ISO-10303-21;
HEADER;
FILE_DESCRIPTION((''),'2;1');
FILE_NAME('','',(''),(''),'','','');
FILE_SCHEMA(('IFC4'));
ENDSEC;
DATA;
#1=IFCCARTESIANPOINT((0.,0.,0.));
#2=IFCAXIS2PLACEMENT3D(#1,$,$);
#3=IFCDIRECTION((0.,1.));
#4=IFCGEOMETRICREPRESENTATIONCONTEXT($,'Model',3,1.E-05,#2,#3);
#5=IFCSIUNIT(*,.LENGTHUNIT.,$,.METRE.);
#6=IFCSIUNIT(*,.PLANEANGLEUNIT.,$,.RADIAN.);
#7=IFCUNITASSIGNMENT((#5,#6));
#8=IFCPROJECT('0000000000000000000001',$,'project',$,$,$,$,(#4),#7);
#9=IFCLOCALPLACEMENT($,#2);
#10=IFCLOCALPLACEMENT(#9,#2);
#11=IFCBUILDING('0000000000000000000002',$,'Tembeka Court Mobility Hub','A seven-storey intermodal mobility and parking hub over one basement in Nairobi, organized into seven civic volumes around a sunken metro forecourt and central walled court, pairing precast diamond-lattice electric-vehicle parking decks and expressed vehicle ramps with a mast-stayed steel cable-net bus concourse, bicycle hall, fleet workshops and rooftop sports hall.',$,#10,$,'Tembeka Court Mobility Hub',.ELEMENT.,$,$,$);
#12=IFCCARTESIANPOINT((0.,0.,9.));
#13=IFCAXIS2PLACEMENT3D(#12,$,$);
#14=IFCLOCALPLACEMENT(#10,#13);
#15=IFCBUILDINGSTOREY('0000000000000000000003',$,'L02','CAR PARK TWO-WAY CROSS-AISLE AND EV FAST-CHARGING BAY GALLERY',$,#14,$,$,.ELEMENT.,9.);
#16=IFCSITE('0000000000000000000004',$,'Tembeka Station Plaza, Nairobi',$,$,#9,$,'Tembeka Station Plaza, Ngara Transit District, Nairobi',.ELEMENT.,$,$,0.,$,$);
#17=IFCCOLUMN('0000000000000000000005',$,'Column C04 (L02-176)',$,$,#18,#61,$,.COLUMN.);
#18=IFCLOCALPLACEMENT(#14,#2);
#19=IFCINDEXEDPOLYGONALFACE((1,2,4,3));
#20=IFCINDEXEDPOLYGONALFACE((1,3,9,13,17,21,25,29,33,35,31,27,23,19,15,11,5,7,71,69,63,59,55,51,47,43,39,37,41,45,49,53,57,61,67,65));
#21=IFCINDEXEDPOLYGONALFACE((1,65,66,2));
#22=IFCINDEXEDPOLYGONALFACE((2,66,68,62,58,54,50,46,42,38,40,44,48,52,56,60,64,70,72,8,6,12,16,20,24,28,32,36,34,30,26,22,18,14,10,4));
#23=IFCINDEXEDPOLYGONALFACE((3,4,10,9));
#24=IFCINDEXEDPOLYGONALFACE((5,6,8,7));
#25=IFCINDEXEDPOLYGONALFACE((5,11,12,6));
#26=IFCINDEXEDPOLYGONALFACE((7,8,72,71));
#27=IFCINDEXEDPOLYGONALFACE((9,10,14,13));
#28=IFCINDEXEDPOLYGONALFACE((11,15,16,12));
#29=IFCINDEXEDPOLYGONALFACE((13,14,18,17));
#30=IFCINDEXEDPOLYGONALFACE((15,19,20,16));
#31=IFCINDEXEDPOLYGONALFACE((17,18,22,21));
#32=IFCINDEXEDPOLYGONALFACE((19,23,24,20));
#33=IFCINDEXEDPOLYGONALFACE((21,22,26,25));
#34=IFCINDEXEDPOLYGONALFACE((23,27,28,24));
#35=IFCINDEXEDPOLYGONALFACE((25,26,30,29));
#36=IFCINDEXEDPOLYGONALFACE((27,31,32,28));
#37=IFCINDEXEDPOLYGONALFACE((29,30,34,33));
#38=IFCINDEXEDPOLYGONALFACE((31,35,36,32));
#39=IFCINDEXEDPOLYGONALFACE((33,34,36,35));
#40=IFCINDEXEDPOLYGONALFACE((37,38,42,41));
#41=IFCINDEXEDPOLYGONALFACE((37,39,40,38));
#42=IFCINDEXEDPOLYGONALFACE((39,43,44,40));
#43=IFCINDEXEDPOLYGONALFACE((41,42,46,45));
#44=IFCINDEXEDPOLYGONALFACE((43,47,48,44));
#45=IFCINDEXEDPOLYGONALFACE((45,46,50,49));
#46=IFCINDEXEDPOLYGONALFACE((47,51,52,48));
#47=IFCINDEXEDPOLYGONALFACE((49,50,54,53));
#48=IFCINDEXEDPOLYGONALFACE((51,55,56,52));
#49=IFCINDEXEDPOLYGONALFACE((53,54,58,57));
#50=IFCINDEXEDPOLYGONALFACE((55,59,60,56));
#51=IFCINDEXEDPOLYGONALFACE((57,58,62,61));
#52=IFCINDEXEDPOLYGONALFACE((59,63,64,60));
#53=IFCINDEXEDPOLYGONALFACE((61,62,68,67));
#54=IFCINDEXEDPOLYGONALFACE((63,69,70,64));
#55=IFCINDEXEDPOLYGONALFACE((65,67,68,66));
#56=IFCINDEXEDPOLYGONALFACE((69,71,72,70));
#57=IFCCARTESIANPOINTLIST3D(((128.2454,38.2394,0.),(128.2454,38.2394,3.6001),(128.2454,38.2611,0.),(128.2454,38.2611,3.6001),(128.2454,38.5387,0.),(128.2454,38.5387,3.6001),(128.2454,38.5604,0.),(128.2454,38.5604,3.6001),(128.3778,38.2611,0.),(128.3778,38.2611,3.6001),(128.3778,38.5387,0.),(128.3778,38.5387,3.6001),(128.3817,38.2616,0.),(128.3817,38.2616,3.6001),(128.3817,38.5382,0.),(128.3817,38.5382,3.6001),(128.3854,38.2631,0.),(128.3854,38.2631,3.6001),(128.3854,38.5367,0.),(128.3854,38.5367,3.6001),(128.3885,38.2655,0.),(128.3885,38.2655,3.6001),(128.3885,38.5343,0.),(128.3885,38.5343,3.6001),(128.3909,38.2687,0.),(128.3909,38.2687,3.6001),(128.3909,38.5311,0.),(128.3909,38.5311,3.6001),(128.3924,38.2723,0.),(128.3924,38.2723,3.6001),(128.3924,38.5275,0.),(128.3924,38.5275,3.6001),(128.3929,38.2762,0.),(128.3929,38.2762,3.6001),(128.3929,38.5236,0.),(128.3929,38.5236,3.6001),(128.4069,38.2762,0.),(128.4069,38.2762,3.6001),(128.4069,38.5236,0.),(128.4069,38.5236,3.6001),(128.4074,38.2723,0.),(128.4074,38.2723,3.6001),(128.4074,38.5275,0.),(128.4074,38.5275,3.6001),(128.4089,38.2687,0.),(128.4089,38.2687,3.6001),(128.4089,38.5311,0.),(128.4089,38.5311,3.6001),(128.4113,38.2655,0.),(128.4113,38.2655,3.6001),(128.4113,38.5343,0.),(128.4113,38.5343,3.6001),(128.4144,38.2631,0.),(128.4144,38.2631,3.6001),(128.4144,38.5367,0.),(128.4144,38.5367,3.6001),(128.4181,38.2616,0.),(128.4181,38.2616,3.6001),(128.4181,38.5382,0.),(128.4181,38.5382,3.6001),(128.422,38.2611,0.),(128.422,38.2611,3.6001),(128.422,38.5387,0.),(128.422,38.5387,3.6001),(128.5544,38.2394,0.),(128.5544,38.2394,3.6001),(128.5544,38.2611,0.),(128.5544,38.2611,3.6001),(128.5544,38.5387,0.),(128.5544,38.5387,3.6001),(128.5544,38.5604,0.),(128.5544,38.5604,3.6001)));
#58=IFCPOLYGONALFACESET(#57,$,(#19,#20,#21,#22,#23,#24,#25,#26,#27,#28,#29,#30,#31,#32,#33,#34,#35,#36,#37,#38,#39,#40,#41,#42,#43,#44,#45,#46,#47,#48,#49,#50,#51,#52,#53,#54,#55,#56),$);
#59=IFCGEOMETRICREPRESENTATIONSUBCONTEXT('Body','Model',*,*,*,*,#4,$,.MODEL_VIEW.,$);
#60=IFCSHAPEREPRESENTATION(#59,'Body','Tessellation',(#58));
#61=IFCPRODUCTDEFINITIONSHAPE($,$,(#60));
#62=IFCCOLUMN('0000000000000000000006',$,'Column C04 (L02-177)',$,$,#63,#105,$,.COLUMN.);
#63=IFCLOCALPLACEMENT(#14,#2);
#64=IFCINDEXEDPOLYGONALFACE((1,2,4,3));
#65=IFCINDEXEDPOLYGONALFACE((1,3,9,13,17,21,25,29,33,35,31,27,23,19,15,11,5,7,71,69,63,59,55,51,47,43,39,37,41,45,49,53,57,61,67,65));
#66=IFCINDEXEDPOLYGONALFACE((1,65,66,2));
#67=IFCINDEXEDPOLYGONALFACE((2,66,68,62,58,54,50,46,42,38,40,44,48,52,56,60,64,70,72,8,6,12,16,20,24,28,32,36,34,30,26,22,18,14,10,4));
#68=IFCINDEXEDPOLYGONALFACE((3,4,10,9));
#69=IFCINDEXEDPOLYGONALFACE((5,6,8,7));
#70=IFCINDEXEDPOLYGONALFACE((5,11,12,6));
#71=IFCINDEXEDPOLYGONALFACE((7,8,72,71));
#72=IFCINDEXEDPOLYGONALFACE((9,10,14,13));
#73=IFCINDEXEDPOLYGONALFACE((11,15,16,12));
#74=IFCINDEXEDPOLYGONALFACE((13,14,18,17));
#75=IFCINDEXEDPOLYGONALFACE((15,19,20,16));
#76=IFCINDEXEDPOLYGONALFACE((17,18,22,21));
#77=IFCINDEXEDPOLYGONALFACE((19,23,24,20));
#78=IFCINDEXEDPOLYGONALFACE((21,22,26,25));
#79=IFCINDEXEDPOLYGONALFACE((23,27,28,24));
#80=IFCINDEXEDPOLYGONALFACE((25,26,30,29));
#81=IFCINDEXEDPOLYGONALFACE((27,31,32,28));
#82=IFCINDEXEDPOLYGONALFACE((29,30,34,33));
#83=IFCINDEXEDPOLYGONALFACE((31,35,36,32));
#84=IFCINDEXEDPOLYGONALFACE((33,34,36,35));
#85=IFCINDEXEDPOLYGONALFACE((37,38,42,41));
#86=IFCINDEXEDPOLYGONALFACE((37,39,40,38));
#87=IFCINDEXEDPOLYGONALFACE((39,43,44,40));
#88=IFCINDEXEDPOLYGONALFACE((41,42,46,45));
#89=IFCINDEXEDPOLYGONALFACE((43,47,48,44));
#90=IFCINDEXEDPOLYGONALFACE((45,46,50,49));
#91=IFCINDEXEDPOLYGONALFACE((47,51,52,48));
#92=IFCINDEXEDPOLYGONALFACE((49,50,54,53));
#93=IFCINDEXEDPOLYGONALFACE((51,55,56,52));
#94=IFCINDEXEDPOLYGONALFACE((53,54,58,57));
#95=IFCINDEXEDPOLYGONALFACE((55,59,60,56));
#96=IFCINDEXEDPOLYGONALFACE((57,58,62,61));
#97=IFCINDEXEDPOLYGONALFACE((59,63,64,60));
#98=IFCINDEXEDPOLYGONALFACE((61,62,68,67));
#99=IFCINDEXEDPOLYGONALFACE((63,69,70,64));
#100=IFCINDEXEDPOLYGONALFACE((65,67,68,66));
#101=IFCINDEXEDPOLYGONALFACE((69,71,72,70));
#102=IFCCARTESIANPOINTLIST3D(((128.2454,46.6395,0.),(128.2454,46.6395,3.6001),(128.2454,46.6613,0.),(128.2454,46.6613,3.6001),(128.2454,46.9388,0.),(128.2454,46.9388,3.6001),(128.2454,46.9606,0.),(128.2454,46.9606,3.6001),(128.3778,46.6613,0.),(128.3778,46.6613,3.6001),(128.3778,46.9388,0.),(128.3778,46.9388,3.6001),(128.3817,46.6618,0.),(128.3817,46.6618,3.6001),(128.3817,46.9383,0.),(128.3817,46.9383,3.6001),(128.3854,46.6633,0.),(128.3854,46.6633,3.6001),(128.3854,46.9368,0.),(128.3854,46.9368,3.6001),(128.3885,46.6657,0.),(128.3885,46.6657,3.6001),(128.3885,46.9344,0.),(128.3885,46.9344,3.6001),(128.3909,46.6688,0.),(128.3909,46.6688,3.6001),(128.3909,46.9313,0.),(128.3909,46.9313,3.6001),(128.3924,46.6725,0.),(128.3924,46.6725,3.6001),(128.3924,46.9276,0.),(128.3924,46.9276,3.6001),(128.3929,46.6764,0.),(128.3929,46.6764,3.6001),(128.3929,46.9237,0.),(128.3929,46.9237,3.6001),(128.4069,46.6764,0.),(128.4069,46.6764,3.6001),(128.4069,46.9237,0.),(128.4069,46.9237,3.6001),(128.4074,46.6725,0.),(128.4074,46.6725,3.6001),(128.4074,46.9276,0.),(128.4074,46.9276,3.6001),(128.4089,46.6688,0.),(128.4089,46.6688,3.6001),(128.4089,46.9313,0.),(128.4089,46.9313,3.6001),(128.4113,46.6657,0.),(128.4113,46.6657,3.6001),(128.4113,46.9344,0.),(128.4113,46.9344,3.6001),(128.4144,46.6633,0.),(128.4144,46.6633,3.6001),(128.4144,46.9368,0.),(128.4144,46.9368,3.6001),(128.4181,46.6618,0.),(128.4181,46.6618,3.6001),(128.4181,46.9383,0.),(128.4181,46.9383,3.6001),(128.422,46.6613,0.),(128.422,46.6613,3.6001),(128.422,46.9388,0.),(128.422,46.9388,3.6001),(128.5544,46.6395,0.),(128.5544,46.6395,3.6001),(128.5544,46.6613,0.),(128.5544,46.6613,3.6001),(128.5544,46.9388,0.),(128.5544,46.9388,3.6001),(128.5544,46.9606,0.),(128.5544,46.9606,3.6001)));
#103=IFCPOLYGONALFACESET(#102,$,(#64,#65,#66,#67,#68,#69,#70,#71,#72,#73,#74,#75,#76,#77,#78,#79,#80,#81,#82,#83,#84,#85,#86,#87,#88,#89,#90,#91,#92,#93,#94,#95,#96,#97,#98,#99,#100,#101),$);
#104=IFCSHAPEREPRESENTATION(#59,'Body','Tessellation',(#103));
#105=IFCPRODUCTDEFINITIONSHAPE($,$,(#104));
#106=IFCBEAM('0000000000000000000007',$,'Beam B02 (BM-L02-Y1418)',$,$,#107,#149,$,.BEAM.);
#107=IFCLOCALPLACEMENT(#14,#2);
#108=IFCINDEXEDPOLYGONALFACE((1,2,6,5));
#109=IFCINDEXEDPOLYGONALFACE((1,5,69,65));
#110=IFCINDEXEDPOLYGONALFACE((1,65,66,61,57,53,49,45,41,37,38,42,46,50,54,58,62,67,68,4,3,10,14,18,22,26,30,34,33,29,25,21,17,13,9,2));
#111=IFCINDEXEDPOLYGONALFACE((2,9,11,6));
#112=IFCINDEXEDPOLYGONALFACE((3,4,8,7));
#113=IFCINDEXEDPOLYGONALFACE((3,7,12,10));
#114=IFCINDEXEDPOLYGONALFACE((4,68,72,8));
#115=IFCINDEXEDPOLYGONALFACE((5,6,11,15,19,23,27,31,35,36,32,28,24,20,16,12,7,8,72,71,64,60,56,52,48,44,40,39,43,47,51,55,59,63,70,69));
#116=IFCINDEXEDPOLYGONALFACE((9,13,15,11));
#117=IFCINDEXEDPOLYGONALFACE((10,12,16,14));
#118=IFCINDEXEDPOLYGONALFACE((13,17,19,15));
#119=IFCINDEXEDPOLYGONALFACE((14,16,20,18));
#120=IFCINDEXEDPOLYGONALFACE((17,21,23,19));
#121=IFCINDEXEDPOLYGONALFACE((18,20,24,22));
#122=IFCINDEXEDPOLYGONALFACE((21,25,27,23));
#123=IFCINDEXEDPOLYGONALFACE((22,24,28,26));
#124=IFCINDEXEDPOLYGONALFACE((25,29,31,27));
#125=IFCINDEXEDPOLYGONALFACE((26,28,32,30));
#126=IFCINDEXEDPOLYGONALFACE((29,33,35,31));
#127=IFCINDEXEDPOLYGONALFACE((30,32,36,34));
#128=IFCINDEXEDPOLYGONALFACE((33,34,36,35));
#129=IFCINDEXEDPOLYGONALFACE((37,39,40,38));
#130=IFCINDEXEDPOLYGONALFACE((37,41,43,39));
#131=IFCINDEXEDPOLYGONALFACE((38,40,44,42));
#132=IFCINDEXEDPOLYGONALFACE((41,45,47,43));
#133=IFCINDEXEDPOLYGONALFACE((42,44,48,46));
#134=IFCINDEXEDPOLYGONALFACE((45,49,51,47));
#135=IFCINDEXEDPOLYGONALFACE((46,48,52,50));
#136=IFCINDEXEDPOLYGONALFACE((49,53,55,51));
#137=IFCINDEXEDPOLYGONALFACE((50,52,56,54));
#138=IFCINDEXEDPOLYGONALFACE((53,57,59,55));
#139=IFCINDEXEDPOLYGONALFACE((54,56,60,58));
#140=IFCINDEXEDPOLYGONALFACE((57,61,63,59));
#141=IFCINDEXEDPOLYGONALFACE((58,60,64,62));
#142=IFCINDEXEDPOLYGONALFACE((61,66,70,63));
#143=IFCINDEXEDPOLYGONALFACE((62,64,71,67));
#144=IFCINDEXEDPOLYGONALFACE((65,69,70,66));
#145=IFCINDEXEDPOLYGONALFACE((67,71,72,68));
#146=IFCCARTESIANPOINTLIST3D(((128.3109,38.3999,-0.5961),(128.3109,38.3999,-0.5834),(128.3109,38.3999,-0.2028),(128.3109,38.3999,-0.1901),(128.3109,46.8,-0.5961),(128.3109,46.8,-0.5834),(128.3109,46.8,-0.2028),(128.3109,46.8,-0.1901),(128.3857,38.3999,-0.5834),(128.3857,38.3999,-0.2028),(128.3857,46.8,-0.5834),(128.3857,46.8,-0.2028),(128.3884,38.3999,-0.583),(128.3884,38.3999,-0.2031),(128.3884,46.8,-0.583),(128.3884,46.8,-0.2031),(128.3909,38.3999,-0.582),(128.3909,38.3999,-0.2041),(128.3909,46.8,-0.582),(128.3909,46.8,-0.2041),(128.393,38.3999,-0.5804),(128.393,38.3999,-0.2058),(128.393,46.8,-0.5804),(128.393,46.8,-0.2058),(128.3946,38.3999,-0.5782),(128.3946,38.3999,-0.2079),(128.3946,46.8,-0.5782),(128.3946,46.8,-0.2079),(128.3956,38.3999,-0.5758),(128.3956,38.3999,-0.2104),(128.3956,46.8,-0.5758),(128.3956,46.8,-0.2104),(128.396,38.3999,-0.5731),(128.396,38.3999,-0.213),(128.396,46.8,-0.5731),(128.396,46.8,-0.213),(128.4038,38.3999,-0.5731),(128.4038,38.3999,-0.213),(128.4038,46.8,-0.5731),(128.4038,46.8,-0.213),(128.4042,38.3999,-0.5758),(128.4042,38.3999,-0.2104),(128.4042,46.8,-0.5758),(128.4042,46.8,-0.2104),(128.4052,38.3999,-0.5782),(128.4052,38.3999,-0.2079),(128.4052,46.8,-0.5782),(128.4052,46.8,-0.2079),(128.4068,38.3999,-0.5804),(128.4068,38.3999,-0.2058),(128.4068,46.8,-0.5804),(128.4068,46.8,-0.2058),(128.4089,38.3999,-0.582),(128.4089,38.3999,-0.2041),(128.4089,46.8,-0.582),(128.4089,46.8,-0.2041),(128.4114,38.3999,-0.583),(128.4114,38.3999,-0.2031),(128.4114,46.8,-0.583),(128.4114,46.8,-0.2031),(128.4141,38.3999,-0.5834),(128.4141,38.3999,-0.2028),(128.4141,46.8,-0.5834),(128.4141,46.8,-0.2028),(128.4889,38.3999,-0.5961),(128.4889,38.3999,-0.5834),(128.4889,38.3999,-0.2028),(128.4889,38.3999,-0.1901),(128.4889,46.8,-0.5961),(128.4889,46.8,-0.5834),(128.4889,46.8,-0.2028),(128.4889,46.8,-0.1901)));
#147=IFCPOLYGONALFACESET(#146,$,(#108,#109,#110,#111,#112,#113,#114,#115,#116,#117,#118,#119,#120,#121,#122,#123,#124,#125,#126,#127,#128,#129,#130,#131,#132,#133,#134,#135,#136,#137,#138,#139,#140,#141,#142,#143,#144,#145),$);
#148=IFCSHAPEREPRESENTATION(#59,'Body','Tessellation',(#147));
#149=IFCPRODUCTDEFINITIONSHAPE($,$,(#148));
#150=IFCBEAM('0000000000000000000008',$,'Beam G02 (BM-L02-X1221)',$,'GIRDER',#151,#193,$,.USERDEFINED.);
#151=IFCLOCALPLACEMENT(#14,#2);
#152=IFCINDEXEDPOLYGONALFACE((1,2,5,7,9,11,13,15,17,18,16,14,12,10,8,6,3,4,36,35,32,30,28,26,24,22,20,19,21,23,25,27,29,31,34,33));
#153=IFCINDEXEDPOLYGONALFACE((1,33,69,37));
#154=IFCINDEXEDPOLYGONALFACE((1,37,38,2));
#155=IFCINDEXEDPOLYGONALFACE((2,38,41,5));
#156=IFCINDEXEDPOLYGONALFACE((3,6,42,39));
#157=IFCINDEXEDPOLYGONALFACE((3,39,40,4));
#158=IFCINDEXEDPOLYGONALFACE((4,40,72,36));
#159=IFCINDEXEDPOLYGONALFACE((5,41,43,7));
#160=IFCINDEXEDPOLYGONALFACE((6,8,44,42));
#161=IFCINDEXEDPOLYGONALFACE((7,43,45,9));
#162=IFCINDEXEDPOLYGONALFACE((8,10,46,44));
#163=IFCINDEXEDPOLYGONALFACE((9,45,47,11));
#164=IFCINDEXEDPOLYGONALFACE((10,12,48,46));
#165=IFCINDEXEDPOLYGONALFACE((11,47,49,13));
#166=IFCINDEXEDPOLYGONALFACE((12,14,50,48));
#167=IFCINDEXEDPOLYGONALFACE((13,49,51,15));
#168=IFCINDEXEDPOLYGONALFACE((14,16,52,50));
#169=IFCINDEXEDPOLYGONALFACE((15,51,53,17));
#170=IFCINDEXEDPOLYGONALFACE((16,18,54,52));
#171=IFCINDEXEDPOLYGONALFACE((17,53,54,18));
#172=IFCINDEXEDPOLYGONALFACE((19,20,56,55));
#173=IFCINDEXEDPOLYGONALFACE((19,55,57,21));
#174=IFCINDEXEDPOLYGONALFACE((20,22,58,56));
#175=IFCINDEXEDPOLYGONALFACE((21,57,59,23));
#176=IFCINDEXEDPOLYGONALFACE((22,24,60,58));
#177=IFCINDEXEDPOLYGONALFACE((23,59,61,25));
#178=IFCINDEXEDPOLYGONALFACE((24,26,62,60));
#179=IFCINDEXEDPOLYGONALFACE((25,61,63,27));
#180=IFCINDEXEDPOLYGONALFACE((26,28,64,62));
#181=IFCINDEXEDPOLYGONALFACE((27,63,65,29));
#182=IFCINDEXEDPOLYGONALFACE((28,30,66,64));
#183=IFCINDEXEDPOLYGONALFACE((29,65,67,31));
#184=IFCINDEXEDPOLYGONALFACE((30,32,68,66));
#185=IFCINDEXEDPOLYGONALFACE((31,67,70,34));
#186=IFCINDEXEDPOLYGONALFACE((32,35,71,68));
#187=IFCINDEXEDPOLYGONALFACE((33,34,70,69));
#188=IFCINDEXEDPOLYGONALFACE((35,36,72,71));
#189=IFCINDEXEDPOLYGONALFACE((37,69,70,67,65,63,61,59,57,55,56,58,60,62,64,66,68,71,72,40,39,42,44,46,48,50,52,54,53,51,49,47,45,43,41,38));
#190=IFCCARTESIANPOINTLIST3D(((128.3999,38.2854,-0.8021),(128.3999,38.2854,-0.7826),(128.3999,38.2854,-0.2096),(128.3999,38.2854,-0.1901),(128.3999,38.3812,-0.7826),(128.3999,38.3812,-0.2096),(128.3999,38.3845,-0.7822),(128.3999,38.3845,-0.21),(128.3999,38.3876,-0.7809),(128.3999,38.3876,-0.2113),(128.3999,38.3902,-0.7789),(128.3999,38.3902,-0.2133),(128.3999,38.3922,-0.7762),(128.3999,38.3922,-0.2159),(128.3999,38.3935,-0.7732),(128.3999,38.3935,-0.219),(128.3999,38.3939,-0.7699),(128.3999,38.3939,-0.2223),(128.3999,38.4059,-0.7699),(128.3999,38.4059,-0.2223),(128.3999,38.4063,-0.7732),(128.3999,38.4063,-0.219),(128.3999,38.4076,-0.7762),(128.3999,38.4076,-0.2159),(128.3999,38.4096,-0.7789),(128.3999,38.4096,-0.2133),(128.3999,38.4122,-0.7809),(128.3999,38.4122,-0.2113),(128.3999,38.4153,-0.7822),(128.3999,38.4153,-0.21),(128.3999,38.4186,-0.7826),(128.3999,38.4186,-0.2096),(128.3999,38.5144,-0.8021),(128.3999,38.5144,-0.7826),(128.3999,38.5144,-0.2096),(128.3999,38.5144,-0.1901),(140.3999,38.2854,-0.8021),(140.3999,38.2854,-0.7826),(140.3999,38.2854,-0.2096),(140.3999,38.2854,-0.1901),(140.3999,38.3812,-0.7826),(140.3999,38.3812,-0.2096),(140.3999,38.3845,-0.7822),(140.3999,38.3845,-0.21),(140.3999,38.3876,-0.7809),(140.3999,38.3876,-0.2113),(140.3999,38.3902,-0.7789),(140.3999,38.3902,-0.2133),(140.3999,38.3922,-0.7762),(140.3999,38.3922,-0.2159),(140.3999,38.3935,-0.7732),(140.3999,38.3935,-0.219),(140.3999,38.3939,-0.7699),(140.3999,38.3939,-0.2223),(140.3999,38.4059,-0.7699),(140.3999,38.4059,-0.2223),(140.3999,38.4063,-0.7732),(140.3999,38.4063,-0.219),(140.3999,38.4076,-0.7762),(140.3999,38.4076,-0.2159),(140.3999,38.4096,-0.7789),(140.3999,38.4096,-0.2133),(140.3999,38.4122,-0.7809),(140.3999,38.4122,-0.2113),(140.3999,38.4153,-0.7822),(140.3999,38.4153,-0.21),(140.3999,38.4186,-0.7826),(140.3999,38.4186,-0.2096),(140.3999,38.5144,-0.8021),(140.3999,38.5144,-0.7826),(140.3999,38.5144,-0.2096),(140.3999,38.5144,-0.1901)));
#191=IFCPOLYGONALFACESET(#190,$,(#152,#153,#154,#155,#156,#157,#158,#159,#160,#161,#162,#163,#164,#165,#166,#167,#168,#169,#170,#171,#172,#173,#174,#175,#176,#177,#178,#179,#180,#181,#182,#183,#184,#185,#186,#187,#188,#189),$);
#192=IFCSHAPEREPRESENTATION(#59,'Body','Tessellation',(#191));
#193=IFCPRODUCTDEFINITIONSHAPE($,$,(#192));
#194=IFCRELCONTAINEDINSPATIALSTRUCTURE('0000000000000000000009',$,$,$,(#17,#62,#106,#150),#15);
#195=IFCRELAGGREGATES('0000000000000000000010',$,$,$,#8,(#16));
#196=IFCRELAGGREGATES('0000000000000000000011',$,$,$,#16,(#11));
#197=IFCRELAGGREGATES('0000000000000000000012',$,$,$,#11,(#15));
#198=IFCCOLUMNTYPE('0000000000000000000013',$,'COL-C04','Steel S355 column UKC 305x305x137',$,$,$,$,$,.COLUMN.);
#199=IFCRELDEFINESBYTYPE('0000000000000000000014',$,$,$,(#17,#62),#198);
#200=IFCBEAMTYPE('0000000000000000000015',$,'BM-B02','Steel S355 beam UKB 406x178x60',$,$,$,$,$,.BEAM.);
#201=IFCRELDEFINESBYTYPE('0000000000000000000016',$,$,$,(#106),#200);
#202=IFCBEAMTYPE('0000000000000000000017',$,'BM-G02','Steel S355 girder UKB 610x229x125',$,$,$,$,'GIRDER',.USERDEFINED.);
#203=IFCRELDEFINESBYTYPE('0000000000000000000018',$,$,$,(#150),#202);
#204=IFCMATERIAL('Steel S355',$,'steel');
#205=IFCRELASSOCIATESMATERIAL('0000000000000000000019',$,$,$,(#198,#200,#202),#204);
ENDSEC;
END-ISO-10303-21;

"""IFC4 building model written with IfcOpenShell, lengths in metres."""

from ifc_helpers import new_model, si_unit, direction, frame, origin, origin_2d, place, context, subcontext, project, spatial, i_section, extrude, material, material_profile, profile_set, type_object, element, save


model = new_model("IFC4")

# Units and contexts
model_context = context("Model", 3, precision=1e-05, world=origin(), true_north=direction((0.0, 1.0)))
body_context = subcontext(model_context, "Body", "Model", "MODEL_VIEW")
ifc_project = project(units=[si_unit("LENGTHUNIT", "METRE"), si_unit("PLANEANGLEUNIT", "RADIAN")], contexts=[model_context])

# Site, building, storey
site_placement = place(None, origin())
site = spatial("IfcSite", under=ifc_project, at=site_placement, Name="Tembeka Station Plaza, Nairobi", LongName="Tembeka Station Plaza, Ngara Transit District, Nairobi", CompositionType="ELEMENT", RefElevation=0.0)
building_placement = place(site_placement, origin())
building = spatial("IfcBuilding", under=site, at=building_placement, Name="Tembeka Court Mobility Hub", Description="A seven-storey intermodal mobility and parking hub over one basement in Nairobi, organized into seven civic volumes around a sunken metro forecourt and central walled court, pairing precast diamond-lattice electric-vehicle parking decks and expressed vehicle ramps with a mast-stayed steel cable-net bus concourse, bicycle hall, fleet workshops and rooftop sports hall.", LongName="Tembeka Court Mobility Hub", CompositionType="ELEMENT")
storey_placement = place(building_placement, frame((0.0, 0.0, 9.0)))
storey = spatial("IfcBuildingStorey", under=building, at=storey_placement, Name="L02", Description="CAR PARK TWO-WAY CROSS-AISLE AND EV FAST-CHARGING BAY GALLERY", CompositionType="ELEMENT", Elevation=9.0)

# Columns
ifc_material_1 = material(Name="Steel S355", Category="steel")
ifc_material_profile_1 = material_profile(ifc_material_1, i_section(OverallWidth=0.3091, OverallDepth=0.321, WebThickness=0.0139, FlangeThickness=0.0217, FilletRadius=0.0151, at=origin_2d()), Name="UKC 305x305x137")
ifc_profile_set_1 = profile_set([ifc_material_profile_1], Name="Steel S355")
column_type = type_object("IfcColumnType", Name="COL-C04", Description="Steel S355 column UKC 305x305x137", PredefinedType="COLUMN", material=ifc_profile_set_1)
for number, where, z_axis, x_axis, name in (
    (1, (128.3999, 38.3999, 0.0), (0.0, 0.0, 1.0), (1.0, 0.0, 0.0), "Column C04 (L02-176)"),
    (2, (128.3999, 46.8, 0.0), (0.0, 0.0, 1.0), (1.0, 0.0, 0.0), "Column C04 (L02-177)"),
):
    element("IfcColumn", number, at=place(storey_placement, frame(where, z_axis=z_axis, x_axis=x_axis)), inside=storey, type_object=column_type, Name=name, PredefinedType="COLUMN", context=body_context, shape_type="SweptSolid", body=[
        extrude(i_section(OverallWidth=0.3091, OverallDepth=0.321, WebThickness=0.0139, FlangeThickness=0.0217, FilletRadius=0.0151, at=origin_2d()), origin(), (0.0, 0.0, 1.0), 3.6001),
    ])

# Beams
ifc_material_profile_2 = material_profile(ifc_material_1, i_section(OverallWidth=0.178, OverallDepth=0.406, WebThickness=0.0078, FlangeThickness=0.0127, FilletRadius=0.0103, at=origin_2d()), Name="UKB 406x178x60")
ifc_profile_set_2 = profile_set([ifc_material_profile_2], Name="Steel S355")
beam_type_1 = type_object("IfcBeamType", Name="BM-B02", Description="Steel S355 beam UKB 406x178x60", PredefinedType="BEAM", material=ifc_profile_set_2)
beam_placement = place(storey_placement, frame((128.3999, 38.3999, -0.3931), z_axis=(0.0, 1.0, 0.0), x_axis=(-1.0, 0.0, 0.0)))
element("IfcBeam", 3, at=beam_placement, inside=storey, type_object=beam_type_1, Name="Beam B02 (BM-L02-Y1418)", PredefinedType="BEAM", context=body_context, shape_type="SweptSolid", body=[
    extrude(i_section(OverallWidth=0.178, OverallDepth=0.406, WebThickness=0.0078, FlangeThickness=0.0127, FilletRadius=0.0103, at=origin_2d()), origin(), (0.0, 0.0, 1.0), 8.4001),
])
ifc_material_profile_3 = material_profile(ifc_material_1, i_section(OverallWidth=0.229, OverallDepth=0.6121, WebThickness=0.012, FlangeThickness=0.0195, FilletRadius=0.0127, at=origin_2d()), Name="UKB 610x229x125")
ifc_profile_set_3 = profile_set([ifc_material_profile_3], Name="Steel S355")
beam_type_2 = type_object("IfcBeamType", Name="BM-G02", Description="Steel S355 girder UKB 610x229x125", ElementType="GIRDER", PredefinedType="USERDEFINED", material=ifc_profile_set_3)
for number, where, z_axis, x_axis, name in (
    (4, (128.3999, 38.3999, -0.4961), (1.0, 0.0, 0.0), (0.0, 1.0, 0.0), "Beam G02 (BM-L02-X1221)"),
):
    element("IfcBeam", number, at=place(storey_placement, frame(where, z_axis=z_axis, x_axis=x_axis)), inside=storey, type_object=beam_type_2, Name=name, ObjectType="GIRDER", PredefinedType="USERDEFINED", context=body_context, shape_type="SweptSolid", body=[
        extrude(i_section(OverallWidth=0.229, OverallDepth=0.6121, WebThickness=0.012, FlangeThickness=0.0195, FilletRadius=0.0127, at=origin_2d()), origin(), (0.0, 0.0, 1.0), 12.0),
    ])

save(model, "model.ifc")
